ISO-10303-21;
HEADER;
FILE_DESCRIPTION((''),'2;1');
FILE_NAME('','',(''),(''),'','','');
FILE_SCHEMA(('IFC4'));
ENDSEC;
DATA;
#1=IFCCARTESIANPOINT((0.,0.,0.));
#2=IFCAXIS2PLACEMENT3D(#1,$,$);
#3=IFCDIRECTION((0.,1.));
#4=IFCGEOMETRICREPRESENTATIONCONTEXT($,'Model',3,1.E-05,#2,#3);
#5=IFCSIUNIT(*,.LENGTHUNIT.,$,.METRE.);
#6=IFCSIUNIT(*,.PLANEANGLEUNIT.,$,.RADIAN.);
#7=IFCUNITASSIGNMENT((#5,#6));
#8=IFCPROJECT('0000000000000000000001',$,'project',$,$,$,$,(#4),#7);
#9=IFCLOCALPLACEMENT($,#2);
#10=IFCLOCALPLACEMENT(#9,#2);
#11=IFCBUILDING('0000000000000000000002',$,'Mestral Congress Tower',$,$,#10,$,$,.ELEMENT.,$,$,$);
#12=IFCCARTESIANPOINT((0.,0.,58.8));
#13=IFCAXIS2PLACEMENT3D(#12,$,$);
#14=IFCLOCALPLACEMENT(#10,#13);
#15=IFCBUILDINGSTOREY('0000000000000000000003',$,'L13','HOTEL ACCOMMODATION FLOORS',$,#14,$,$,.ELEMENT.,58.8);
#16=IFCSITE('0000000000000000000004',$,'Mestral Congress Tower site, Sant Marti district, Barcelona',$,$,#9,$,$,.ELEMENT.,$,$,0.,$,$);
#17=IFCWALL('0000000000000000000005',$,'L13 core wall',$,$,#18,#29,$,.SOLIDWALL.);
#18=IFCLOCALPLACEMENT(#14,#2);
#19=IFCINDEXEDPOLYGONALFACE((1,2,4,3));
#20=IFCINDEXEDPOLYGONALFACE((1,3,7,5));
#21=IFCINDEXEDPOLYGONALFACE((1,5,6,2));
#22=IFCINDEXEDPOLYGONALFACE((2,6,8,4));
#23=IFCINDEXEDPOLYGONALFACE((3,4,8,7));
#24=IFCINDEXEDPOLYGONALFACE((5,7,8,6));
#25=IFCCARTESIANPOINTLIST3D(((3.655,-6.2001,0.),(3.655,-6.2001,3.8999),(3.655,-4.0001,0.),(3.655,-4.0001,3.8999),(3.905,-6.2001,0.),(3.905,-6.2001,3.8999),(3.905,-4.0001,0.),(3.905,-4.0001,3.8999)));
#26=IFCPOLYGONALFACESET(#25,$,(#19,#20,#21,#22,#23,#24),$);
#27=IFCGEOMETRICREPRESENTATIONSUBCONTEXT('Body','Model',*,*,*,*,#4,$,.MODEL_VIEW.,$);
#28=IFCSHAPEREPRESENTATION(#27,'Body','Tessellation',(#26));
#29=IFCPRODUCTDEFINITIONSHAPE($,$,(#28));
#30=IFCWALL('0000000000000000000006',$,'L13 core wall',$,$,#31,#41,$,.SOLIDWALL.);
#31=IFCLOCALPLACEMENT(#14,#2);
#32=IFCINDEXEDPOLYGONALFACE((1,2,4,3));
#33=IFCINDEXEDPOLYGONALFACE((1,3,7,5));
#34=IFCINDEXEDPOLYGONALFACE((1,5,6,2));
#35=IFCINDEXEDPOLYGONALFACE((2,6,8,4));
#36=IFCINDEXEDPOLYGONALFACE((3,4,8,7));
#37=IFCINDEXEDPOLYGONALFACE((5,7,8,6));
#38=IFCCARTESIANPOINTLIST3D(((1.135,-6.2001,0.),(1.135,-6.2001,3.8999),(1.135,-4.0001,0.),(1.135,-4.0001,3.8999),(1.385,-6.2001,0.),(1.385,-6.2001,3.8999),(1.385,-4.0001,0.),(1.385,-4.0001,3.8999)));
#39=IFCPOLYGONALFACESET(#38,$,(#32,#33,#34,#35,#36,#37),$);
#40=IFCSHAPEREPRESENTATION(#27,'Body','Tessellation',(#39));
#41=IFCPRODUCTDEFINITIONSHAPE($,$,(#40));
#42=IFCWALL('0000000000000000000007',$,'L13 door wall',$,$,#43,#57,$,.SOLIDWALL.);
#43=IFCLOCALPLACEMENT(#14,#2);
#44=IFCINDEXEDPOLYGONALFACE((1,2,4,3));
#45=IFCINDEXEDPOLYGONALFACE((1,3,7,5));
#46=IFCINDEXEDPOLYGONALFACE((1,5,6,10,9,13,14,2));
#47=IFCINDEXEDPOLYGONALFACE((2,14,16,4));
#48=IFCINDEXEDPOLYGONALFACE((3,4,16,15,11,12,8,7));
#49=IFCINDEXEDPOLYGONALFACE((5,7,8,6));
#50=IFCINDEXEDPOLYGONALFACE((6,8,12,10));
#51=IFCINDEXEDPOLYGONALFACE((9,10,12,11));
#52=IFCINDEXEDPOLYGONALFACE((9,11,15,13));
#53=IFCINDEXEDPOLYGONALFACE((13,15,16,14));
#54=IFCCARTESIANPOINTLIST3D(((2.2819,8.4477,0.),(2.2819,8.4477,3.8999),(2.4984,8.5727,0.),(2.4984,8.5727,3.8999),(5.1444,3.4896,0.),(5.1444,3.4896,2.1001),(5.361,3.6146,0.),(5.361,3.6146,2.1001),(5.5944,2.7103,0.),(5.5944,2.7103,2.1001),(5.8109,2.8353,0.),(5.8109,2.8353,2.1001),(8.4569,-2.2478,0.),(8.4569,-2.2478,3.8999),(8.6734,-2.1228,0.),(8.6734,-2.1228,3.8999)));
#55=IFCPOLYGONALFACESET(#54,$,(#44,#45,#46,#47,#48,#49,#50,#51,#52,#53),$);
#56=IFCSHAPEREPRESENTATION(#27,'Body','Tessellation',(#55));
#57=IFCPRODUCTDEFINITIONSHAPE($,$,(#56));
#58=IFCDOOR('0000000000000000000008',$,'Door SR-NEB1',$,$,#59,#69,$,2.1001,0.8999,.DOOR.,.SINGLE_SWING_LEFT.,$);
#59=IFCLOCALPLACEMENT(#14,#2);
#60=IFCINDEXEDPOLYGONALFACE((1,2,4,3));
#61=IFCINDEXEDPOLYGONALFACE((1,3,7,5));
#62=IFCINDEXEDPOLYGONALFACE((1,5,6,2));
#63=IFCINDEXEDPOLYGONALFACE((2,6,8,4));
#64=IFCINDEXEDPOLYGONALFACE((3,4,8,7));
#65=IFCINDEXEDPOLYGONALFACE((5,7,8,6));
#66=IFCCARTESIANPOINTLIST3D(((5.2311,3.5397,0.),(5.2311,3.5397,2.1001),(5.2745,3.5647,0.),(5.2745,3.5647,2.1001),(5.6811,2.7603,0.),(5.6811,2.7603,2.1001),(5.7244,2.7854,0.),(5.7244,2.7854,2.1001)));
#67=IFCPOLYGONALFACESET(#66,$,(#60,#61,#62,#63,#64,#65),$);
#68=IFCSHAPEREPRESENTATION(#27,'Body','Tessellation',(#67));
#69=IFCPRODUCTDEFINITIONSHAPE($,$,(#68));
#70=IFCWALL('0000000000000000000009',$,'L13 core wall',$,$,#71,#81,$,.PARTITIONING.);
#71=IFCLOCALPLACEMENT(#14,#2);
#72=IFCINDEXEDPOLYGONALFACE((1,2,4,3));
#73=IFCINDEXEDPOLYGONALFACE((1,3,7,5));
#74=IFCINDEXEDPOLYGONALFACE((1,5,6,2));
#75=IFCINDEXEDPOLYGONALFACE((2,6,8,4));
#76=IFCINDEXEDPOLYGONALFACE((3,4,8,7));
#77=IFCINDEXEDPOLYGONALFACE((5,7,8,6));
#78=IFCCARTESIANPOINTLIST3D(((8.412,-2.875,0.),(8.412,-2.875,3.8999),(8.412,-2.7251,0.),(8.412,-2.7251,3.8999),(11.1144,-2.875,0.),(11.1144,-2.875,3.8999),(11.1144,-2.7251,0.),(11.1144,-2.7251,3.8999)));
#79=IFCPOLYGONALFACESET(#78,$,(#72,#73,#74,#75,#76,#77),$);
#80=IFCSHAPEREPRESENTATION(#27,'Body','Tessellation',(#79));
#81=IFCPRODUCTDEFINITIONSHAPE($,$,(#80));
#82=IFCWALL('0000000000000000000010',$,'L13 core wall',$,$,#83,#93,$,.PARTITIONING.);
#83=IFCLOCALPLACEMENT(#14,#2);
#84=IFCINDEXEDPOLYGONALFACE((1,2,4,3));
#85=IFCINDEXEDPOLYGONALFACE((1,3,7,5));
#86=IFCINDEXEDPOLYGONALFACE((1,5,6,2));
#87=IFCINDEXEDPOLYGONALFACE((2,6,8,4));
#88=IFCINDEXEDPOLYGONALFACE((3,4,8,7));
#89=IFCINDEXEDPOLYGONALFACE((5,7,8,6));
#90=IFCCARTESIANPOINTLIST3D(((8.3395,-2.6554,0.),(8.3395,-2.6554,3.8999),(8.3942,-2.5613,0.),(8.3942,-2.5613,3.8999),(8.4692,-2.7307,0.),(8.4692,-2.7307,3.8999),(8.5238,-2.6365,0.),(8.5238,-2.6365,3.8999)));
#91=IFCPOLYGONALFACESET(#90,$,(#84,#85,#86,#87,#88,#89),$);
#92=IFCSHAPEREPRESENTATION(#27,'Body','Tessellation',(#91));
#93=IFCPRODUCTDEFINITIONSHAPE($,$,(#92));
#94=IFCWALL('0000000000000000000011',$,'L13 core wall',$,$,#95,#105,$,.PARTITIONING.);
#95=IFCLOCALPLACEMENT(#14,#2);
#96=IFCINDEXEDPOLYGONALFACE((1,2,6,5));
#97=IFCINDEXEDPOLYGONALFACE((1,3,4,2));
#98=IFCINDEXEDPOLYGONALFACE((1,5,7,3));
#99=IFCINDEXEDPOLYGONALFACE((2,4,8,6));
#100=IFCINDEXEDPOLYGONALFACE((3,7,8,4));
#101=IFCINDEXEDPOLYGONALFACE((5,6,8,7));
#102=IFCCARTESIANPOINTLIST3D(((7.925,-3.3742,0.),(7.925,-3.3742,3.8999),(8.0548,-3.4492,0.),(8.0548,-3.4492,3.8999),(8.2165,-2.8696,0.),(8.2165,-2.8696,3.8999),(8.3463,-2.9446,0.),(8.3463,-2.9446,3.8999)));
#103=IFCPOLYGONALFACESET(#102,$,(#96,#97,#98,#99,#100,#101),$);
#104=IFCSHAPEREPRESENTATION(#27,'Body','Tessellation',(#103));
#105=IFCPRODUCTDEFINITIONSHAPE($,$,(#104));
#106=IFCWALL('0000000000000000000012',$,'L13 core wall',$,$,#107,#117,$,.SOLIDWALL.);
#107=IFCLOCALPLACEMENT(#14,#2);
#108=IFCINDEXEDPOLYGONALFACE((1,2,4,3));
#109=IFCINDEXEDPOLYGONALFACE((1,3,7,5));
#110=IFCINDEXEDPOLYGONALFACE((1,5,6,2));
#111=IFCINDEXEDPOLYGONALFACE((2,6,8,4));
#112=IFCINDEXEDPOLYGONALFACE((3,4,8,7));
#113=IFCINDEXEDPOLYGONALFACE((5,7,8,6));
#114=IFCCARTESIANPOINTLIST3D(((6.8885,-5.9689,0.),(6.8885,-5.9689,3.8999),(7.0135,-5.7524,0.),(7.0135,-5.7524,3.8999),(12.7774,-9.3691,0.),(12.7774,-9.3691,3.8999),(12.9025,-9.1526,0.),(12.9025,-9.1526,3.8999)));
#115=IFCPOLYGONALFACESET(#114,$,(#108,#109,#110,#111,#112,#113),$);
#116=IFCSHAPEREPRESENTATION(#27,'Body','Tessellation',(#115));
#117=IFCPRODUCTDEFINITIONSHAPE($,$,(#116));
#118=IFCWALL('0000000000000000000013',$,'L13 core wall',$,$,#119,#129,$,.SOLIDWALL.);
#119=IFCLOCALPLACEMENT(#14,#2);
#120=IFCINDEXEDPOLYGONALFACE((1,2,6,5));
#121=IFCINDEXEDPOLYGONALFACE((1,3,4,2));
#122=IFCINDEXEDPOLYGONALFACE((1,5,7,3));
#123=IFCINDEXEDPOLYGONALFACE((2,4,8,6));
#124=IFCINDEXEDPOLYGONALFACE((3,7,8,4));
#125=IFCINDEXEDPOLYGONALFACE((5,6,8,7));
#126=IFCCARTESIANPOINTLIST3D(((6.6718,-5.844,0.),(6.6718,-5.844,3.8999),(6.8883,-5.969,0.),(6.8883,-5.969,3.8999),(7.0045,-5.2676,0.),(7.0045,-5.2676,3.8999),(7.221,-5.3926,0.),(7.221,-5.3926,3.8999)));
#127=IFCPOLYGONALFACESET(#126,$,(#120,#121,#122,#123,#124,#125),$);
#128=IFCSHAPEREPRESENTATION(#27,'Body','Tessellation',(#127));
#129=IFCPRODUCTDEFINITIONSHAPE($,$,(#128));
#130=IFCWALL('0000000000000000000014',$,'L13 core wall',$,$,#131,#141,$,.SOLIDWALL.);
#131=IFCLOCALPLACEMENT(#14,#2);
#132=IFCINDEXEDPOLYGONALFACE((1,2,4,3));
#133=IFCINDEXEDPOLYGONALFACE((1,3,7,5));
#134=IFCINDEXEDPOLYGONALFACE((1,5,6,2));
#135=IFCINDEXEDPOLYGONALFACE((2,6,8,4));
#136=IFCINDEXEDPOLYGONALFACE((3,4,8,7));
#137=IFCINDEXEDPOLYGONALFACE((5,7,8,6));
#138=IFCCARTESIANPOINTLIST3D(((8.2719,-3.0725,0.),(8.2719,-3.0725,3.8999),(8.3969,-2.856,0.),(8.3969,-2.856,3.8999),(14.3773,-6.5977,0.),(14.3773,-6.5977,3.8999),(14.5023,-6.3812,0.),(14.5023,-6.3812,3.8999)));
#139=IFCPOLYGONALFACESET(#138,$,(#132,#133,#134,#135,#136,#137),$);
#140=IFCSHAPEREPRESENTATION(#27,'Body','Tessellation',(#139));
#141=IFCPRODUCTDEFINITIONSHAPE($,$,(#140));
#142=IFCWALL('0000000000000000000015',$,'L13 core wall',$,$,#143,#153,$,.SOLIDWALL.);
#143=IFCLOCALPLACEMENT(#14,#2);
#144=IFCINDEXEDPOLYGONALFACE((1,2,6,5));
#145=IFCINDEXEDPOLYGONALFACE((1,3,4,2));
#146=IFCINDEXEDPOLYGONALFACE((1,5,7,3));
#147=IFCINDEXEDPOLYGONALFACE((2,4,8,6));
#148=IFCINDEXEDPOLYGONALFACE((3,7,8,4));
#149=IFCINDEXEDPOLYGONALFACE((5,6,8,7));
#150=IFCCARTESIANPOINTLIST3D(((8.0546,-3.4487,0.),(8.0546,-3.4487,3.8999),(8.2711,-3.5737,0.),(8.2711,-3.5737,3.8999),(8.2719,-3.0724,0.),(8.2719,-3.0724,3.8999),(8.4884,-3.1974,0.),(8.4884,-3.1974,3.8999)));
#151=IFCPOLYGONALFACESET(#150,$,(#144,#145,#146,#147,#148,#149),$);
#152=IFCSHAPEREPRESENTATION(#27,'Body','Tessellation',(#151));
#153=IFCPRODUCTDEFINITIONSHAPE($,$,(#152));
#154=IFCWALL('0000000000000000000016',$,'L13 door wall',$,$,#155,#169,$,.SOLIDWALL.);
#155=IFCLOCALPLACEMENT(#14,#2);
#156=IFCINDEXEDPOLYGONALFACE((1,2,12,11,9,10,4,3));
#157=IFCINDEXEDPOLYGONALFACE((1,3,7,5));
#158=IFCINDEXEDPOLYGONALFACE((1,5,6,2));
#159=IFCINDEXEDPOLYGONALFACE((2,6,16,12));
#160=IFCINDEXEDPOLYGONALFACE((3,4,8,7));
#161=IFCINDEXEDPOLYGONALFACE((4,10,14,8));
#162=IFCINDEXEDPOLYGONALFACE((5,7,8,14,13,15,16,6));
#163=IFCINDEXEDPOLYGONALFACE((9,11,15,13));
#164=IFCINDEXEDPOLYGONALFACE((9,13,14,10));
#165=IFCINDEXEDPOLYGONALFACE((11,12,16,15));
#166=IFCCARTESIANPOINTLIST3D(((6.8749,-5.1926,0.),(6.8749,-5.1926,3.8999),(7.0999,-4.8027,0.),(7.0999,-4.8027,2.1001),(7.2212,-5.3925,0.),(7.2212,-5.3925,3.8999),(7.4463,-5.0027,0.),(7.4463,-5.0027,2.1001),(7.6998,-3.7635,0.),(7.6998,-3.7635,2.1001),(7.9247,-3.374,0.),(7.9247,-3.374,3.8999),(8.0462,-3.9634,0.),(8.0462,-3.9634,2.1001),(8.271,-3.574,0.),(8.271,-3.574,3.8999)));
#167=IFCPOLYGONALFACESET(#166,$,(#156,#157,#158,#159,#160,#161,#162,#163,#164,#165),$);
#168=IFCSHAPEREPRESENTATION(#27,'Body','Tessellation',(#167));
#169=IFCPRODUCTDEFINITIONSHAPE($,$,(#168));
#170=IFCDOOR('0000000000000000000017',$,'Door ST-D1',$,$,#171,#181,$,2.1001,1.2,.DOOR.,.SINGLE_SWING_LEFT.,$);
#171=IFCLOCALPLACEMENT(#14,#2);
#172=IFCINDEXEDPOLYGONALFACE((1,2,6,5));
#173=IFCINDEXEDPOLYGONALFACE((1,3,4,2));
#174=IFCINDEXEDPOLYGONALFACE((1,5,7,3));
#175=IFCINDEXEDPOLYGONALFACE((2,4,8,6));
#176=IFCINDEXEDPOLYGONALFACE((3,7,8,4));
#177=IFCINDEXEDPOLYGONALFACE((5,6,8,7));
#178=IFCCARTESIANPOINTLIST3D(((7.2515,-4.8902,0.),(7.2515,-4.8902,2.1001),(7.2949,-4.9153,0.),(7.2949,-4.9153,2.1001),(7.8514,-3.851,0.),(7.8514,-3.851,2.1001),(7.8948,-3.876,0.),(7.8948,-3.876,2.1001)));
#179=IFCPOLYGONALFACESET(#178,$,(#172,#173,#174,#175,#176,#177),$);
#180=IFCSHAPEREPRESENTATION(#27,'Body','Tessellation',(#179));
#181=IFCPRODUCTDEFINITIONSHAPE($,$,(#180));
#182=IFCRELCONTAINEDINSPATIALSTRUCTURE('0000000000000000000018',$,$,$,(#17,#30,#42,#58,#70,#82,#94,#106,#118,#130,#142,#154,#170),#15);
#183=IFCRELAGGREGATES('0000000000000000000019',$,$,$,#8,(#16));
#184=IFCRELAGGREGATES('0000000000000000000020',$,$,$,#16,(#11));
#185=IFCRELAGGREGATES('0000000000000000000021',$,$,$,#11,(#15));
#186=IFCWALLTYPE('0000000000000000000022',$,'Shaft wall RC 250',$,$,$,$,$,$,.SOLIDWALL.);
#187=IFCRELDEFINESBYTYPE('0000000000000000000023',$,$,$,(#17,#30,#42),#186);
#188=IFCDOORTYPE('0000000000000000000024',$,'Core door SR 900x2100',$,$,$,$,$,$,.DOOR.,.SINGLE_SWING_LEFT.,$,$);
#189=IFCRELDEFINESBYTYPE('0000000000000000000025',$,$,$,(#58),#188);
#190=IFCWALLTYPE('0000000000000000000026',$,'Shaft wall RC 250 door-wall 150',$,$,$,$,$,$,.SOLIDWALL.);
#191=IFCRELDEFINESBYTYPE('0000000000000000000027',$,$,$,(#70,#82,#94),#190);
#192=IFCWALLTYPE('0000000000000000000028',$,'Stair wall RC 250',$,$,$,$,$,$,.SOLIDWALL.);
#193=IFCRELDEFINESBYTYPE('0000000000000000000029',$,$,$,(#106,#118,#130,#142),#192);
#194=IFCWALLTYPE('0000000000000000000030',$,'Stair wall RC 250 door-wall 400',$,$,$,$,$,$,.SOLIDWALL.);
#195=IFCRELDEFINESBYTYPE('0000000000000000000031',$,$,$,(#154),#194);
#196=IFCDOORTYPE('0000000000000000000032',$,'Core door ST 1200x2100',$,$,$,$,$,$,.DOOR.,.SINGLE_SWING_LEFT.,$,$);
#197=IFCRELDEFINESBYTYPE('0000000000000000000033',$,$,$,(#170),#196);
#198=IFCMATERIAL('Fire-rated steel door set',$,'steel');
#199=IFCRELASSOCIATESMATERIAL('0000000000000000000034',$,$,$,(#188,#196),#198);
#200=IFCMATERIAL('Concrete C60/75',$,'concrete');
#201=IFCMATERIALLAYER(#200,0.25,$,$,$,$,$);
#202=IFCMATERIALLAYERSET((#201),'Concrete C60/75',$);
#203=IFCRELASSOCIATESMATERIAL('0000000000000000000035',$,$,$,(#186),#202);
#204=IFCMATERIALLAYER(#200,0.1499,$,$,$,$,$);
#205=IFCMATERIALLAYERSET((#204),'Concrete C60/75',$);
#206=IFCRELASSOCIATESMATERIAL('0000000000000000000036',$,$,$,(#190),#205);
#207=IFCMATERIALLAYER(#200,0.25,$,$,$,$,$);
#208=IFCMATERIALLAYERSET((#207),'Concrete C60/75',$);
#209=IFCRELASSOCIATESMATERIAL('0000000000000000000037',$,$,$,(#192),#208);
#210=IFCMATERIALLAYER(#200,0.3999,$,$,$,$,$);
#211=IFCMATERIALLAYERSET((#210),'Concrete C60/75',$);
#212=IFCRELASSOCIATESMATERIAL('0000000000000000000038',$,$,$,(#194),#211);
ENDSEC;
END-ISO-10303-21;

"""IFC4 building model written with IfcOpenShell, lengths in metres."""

from ifc_helpers import new_model, si_unit, direction, frame, frame_2d, origin, place, context, subcontext, project, spatial, rectangle, extrude, material, layer, layer_set, type_object, element, fill, save


model = new_model("IFC4")

# Units and contexts
model_context = context("Model", 3, precision=1e-05, world=origin(), true_north=direction((0.0, 1.0)))
body_context = subcontext(model_context, "Body", "Model", "MODEL_VIEW")
ifc_project = project(units=[si_unit("LENGTHUNIT", "METRE"), si_unit("PLANEANGLEUNIT", "RADIAN")], contexts=[model_context])

# Site, building, storey
site_placement = place(None, origin())
site = spatial("IfcSite", under=ifc_project, at=site_placement, Name="Mestral Congress Tower site, Sant Marti district, Barcelona", CompositionType="ELEMENT", RefElevation=0.0)
building_placement = place(site_placement, origin())
building = spatial("IfcBuilding", under=site, at=building_placement, Name="Mestral Congress Tower", CompositionType="ELEMENT")
storey_placement = place(building_placement, frame((0.0, 0.0, 58.8)))
storey = spatial("IfcBuildingStorey", under=building, at=storey_placement, Name="L13", Description="HOTEL ACCOMMODATION FLOORS", CompositionType="ELEMENT", Elevation=58.8)

# Shared definitions
ifc_material_1 = material(Name="Fire-rated steel door set", Category="steel")
door_type_1 = type_object("IfcDoorType", Name="Core door SR 900x2100", OperationType="SINGLE_SWING_LEFT", PredefinedType="DOOR", material=ifc_material_1)

# Walls
ifc_material_2 = material(Name="Concrete C60/75", Category="concrete")
ifc_layer_1 = layer(ifc_material_2, 0.25)
ifc_layer_set_1 = layer_set([ifc_layer_1], Name="Concrete C60/75")
wall_type_1 = type_object("IfcWallType", Name="Shaft wall RC 250", PredefinedType="SOLIDWALL", material=ifc_layer_set_1)
for number, where, z_axis, x_axis, name in (
    (1, (3.78, -4.0, 0.0), (0.0, 0.0, 1.0), (0.0, -1.0, 0.0), "L13 core wall"),
    (2, (1.26, -4.0, 0.0), (0.0, 0.0, 1.0), (0.0, -1.0, 0.0), "L13 core wall"),
):
    element("IfcWall", number, at=place(storey_placement, frame(where, z_axis=z_axis, x_axis=x_axis)), inside=storey, type_object=wall_type_1, Name=name, PredefinedType="SOLIDWALL", context=body_context, shape_type="SweptSolid", body=[
        extrude(rectangle(XDim=2.2, YDim=0.25, at=frame_2d((1.1001, 0.0))), origin(), (0.0, 0.0, 1.0), 3.8999),
    ])

# Wall, opening, door
wall_1_placement = place(storey_placement, frame((8.5652, -2.1853, 0.0), z_axis=(0.0, 0.0, 1.0), x_axis=(-0.499998, 0.866027, 0.0)))
wall_1 = element("IfcWall", 3, at=wall_1_placement, inside=storey, type_object=wall_type_1, Name="L13 door wall", PredefinedType="SOLIDWALL", context=body_context, shape_type="SweptSolid", body=[
    extrude(rectangle(XDim=12.3501, YDim=0.25, at=frame_2d((6.175, 0.0))), origin(), (0.0, 0.0, 1.0), 3.8999),
])
opening_1_placement = place(wall_1_placement, frame((5.7251, 0.0, 0.0)))
opening_1 = element("IfcOpeningElement", 4, at=opening_1_placement, cuts=wall_1, PredefinedType="OPENING", context=body_context, shape_type="SweptSolid", body=[
    extrude(rectangle(XDim=0.8999, YDim=2.1001, at=frame_2d((0.45, 1.05))), frame((0.0, 0.135, 0.0), z_axis=(0.0, -1.0, 0.0), x_axis=(1.0, 0.0, 0.0)), (0.0, 0.0, 1.0), 0.27),
])
door_1_placement = place(opening_1_placement, origin())
door_1 = element("IfcDoor", 5, at=door_1_placement, inside=storey, type_object=door_type_1, Name="Door SR-NEB1", OperationType="SINGLE_SWING_LEFT", OverallHeight=2.1001, OverallWidth=0.8999, PredefinedType="DOOR", context=body_context, shape_type="SweptSolid", body=[
    extrude(rectangle(XDim=0.8999, YDim=2.1001, at=frame_2d((0.45, 1.05))), frame((0.0, 0.0249, 0.0), z_axis=(0.0, -1.0, 0.0), x_axis=(1.0, 0.0, 0.0)), (0.0, 0.0, 1.0), 0.05),
])
fill(opening_1, door_1)

# Walls
ifc_layer_2 = layer(ifc_material_2, 0.1499)
ifc_layer_set_2 = layer_set([ifc_layer_2], Name="Concrete C60/75")
wall_type_2 = type_object("IfcWallType", Name="Shaft wall RC 250 door-wall 150", PredefinedType="SOLIDWALL", material=ifc_layer_set_2)
wall_2_placement = place(storey_placement, frame((8.4121, -2.8, 0.0), z_axis=(0.0, 0.0, 1.0), x_axis=(1.0, 0.0, 0.0)))
element("IfcWall", 6, at=wall_2_placement, inside=storey, type_object=wall_type_2, Name="L13 core wall", PredefinedType="PARTITIONING", context=body_context, shape_type="SweptSolid", body=[
    extrude(rectangle(XDim=2.7024, YDim=0.1499, at=frame_2d((1.3511, 0.0))), origin(), (0.0, 0.0, 1.0), 3.8999),
])
wall_3_placement = place(storey_placement, frame((8.459, -2.5989, 0.0), z_axis=(0.0, 0.0, 1.0), x_axis=(-0.501919, -0.864914, 0.0)))
element("IfcWall", 7, at=wall_3_placement, inside=storey, type_object=wall_type_2, Name="L13 core wall", PredefinedType="PARTITIONING", context=body_context, shape_type="SweptSolid", body=[
    extrude(rectangle(XDim=0.1089, YDim=0.1499, at=frame_2d((0.0544, 0.0))), origin(), (0.0, 0.0, 1.0), 3.8999),
])
wall_4_placement = place(storey_placement, frame((8.2815, -2.907, 0.0), z_axis=(0.0, 0.0, 1.0), x_axis=(-0.500194, -0.865913, 0.0)))
element("IfcWall", 8, at=wall_4_placement, inside=storey, type_object=wall_type_2, Name="L13 core wall", PredefinedType="PARTITIONING", context=body_context, shape_type="SweptSolid", body=[
    extrude(rectangle(XDim=0.5828, YDim=0.1499, at=frame_2d((0.2915, 0.0))), origin(), (0.0, 0.0, 1.0), 3.8999),
])
ifc_layer_3 = layer(ifc_material_2, 0.25)
ifc_layer_set_3 = layer_set([ifc_layer_3], Name="Concrete C60/75")
wall_type_3 = type_object("IfcWallType", Name="Stair wall RC 250", PredefinedType="SOLIDWALL", material=ifc_layer_set_3)
wall_5_placement = place(storey_placement, frame((12.8398, -9.2607, 0.0), z_axis=(0.0, 0.0, 1.0), x_axis=(-0.866014, 0.50002, 0.0)))
element("IfcWall", 9, at=wall_5_placement, inside=storey, type_object=wall_type_3, Name="L13 core wall", PredefinedType="SOLIDWALL", context=body_context, shape_type="SweptSolid", body=[
    extrude(rectangle(XDim=6.8, YDim=0.25, at=frame_2d((3.3999, 0.0))), origin(), (0.0, 0.0, 1.0), 3.8999),
])
wall_6_placement = place(storey_placement, frame((7.1128, -5.3301, 0.0), z_axis=(0.0, 0.0, 1.0), x_axis=(-0.499966, -0.866045, 0.0)))
element("IfcWall", 10, at=wall_6_placement, inside=storey, type_object=wall_type_3, Name="L13 core wall", PredefinedType="SOLIDWALL", context=body_context, shape_type="SweptSolid", body=[
    extrude(rectangle(XDim=0.6655, YDim=0.25, at=frame_2d((0.3328, 0.0))), origin(), (0.0, 0.0, 1.0), 3.8999),
])
wall_7_placement = place(storey_placement, frame((8.3345, -2.9644, 0.0), z_axis=(0.0, 0.0, 1.0), x_axis=(0.866016, -0.500016, 0.0)))
element("IfcWall", 11, at=wall_7_placement, inside=storey, type_object=wall_type_3, Name="L13 core wall", PredefinedType="SOLIDWALL", context=body_context, shape_type="SweptSolid", body=[
    extrude(rectangle(XDim=7.05, YDim=0.25, at=frame_2d((3.5249, 0.0))), origin(), (0.0, 0.0, 1.0), 3.8999),
])
wall_8_placement = place(storey_placement, frame((8.1628, -3.5112, 0.0), z_axis=(0.0, 0.0, 1.0), x_axis=(0.500128, 0.865952, 0.0)))
element("IfcWall", 12, at=wall_8_placement, inside=storey, type_object=wall_type_3, Name="L13 core wall", PredefinedType="SOLIDWALL", context=body_context, shape_type="SweptSolid", body=[
    extrude(rectangle(XDim=0.4346, YDim=0.25, at=frame_2d((0.2173, 0.0))), origin(), (0.0, 0.0, 1.0), 3.8999),
])

# Wall, opening, door
ifc_layer_4 = layer(ifc_material_2, 0.3999)
ifc_layer_set_4 = layer_set([ifc_layer_4], Name="Concrete C60/75")
wall_type_4 = type_object("IfcWallType", Name="Stair wall RC 250 door-wall 400", PredefinedType="SOLIDWALL", material=ifc_layer_set_4)
wall_9_placement = place(storey_placement, frame((7.0481, -5.2925, 0.0), z_axis=(0.0, 0.0, 1.0), x_axis=(0.499941, 0.86606, 0.0)))
wall_9 = element("IfcWall", 13, at=wall_9_placement, inside=storey, type_object=wall_type_4, Name="L13 door wall", PredefinedType="SOLIDWALL", context=body_context, shape_type="SweptSolid", body=[
    extrude(rectangle(XDim=2.0999, YDim=0.3999, at=frame_2d((1.0498, 0.0))), origin(), (0.0, 0.0, 1.0), 3.8999),
])
opening_2_placement = place(wall_9_placement, frame((0.45, 0.0, 0.0)))
opening_2 = element("IfcOpeningElement", 14, at=opening_2_placement, cuts=wall_9, PredefinedType="OPENING", context=body_context, shape_type="SweptSolid", body=[
    extrude(rectangle(XDim=1.2, YDim=2.1001, at=frame_2d((0.6001, 1.05))), frame((0.0, 0.21, 0.0), z_axis=(0.0, -1.0, 0.0), x_axis=(1.0, 0.0, 0.0)), (0.0, 0.0, 1.0), 0.4199),
])
door_type_2 = type_object("IfcDoorType", Name="Core door ST 1200x2100", OperationType="SINGLE_SWING_LEFT", PredefinedType="DOOR", material=ifc_material_1)
door_2_placement = place(opening_2_placement, origin())
door_2 = element("IfcDoor", 15, at=door_2_placement, inside=storey, type_object=door_type_2, Name="Door ST-D1", OperationType="SINGLE_SWING_LEFT", OverallHeight=2.1001, OverallWidth=1.2, PredefinedType="DOOR", context=body_context, shape_type="SweptSolid", body=[
    extrude(rectangle(XDim=1.2, YDim=2.1001, at=frame_2d((0.6001, 1.05))), frame((0.0, 0.0249, 0.0), z_axis=(0.0, -1.0, 0.0), x_axis=(1.0, 0.0, 0.0)), (0.0, 0.0, 1.0), 0.05),
])
fill(opening_2, door_2)

save(model, "model.ifc")
